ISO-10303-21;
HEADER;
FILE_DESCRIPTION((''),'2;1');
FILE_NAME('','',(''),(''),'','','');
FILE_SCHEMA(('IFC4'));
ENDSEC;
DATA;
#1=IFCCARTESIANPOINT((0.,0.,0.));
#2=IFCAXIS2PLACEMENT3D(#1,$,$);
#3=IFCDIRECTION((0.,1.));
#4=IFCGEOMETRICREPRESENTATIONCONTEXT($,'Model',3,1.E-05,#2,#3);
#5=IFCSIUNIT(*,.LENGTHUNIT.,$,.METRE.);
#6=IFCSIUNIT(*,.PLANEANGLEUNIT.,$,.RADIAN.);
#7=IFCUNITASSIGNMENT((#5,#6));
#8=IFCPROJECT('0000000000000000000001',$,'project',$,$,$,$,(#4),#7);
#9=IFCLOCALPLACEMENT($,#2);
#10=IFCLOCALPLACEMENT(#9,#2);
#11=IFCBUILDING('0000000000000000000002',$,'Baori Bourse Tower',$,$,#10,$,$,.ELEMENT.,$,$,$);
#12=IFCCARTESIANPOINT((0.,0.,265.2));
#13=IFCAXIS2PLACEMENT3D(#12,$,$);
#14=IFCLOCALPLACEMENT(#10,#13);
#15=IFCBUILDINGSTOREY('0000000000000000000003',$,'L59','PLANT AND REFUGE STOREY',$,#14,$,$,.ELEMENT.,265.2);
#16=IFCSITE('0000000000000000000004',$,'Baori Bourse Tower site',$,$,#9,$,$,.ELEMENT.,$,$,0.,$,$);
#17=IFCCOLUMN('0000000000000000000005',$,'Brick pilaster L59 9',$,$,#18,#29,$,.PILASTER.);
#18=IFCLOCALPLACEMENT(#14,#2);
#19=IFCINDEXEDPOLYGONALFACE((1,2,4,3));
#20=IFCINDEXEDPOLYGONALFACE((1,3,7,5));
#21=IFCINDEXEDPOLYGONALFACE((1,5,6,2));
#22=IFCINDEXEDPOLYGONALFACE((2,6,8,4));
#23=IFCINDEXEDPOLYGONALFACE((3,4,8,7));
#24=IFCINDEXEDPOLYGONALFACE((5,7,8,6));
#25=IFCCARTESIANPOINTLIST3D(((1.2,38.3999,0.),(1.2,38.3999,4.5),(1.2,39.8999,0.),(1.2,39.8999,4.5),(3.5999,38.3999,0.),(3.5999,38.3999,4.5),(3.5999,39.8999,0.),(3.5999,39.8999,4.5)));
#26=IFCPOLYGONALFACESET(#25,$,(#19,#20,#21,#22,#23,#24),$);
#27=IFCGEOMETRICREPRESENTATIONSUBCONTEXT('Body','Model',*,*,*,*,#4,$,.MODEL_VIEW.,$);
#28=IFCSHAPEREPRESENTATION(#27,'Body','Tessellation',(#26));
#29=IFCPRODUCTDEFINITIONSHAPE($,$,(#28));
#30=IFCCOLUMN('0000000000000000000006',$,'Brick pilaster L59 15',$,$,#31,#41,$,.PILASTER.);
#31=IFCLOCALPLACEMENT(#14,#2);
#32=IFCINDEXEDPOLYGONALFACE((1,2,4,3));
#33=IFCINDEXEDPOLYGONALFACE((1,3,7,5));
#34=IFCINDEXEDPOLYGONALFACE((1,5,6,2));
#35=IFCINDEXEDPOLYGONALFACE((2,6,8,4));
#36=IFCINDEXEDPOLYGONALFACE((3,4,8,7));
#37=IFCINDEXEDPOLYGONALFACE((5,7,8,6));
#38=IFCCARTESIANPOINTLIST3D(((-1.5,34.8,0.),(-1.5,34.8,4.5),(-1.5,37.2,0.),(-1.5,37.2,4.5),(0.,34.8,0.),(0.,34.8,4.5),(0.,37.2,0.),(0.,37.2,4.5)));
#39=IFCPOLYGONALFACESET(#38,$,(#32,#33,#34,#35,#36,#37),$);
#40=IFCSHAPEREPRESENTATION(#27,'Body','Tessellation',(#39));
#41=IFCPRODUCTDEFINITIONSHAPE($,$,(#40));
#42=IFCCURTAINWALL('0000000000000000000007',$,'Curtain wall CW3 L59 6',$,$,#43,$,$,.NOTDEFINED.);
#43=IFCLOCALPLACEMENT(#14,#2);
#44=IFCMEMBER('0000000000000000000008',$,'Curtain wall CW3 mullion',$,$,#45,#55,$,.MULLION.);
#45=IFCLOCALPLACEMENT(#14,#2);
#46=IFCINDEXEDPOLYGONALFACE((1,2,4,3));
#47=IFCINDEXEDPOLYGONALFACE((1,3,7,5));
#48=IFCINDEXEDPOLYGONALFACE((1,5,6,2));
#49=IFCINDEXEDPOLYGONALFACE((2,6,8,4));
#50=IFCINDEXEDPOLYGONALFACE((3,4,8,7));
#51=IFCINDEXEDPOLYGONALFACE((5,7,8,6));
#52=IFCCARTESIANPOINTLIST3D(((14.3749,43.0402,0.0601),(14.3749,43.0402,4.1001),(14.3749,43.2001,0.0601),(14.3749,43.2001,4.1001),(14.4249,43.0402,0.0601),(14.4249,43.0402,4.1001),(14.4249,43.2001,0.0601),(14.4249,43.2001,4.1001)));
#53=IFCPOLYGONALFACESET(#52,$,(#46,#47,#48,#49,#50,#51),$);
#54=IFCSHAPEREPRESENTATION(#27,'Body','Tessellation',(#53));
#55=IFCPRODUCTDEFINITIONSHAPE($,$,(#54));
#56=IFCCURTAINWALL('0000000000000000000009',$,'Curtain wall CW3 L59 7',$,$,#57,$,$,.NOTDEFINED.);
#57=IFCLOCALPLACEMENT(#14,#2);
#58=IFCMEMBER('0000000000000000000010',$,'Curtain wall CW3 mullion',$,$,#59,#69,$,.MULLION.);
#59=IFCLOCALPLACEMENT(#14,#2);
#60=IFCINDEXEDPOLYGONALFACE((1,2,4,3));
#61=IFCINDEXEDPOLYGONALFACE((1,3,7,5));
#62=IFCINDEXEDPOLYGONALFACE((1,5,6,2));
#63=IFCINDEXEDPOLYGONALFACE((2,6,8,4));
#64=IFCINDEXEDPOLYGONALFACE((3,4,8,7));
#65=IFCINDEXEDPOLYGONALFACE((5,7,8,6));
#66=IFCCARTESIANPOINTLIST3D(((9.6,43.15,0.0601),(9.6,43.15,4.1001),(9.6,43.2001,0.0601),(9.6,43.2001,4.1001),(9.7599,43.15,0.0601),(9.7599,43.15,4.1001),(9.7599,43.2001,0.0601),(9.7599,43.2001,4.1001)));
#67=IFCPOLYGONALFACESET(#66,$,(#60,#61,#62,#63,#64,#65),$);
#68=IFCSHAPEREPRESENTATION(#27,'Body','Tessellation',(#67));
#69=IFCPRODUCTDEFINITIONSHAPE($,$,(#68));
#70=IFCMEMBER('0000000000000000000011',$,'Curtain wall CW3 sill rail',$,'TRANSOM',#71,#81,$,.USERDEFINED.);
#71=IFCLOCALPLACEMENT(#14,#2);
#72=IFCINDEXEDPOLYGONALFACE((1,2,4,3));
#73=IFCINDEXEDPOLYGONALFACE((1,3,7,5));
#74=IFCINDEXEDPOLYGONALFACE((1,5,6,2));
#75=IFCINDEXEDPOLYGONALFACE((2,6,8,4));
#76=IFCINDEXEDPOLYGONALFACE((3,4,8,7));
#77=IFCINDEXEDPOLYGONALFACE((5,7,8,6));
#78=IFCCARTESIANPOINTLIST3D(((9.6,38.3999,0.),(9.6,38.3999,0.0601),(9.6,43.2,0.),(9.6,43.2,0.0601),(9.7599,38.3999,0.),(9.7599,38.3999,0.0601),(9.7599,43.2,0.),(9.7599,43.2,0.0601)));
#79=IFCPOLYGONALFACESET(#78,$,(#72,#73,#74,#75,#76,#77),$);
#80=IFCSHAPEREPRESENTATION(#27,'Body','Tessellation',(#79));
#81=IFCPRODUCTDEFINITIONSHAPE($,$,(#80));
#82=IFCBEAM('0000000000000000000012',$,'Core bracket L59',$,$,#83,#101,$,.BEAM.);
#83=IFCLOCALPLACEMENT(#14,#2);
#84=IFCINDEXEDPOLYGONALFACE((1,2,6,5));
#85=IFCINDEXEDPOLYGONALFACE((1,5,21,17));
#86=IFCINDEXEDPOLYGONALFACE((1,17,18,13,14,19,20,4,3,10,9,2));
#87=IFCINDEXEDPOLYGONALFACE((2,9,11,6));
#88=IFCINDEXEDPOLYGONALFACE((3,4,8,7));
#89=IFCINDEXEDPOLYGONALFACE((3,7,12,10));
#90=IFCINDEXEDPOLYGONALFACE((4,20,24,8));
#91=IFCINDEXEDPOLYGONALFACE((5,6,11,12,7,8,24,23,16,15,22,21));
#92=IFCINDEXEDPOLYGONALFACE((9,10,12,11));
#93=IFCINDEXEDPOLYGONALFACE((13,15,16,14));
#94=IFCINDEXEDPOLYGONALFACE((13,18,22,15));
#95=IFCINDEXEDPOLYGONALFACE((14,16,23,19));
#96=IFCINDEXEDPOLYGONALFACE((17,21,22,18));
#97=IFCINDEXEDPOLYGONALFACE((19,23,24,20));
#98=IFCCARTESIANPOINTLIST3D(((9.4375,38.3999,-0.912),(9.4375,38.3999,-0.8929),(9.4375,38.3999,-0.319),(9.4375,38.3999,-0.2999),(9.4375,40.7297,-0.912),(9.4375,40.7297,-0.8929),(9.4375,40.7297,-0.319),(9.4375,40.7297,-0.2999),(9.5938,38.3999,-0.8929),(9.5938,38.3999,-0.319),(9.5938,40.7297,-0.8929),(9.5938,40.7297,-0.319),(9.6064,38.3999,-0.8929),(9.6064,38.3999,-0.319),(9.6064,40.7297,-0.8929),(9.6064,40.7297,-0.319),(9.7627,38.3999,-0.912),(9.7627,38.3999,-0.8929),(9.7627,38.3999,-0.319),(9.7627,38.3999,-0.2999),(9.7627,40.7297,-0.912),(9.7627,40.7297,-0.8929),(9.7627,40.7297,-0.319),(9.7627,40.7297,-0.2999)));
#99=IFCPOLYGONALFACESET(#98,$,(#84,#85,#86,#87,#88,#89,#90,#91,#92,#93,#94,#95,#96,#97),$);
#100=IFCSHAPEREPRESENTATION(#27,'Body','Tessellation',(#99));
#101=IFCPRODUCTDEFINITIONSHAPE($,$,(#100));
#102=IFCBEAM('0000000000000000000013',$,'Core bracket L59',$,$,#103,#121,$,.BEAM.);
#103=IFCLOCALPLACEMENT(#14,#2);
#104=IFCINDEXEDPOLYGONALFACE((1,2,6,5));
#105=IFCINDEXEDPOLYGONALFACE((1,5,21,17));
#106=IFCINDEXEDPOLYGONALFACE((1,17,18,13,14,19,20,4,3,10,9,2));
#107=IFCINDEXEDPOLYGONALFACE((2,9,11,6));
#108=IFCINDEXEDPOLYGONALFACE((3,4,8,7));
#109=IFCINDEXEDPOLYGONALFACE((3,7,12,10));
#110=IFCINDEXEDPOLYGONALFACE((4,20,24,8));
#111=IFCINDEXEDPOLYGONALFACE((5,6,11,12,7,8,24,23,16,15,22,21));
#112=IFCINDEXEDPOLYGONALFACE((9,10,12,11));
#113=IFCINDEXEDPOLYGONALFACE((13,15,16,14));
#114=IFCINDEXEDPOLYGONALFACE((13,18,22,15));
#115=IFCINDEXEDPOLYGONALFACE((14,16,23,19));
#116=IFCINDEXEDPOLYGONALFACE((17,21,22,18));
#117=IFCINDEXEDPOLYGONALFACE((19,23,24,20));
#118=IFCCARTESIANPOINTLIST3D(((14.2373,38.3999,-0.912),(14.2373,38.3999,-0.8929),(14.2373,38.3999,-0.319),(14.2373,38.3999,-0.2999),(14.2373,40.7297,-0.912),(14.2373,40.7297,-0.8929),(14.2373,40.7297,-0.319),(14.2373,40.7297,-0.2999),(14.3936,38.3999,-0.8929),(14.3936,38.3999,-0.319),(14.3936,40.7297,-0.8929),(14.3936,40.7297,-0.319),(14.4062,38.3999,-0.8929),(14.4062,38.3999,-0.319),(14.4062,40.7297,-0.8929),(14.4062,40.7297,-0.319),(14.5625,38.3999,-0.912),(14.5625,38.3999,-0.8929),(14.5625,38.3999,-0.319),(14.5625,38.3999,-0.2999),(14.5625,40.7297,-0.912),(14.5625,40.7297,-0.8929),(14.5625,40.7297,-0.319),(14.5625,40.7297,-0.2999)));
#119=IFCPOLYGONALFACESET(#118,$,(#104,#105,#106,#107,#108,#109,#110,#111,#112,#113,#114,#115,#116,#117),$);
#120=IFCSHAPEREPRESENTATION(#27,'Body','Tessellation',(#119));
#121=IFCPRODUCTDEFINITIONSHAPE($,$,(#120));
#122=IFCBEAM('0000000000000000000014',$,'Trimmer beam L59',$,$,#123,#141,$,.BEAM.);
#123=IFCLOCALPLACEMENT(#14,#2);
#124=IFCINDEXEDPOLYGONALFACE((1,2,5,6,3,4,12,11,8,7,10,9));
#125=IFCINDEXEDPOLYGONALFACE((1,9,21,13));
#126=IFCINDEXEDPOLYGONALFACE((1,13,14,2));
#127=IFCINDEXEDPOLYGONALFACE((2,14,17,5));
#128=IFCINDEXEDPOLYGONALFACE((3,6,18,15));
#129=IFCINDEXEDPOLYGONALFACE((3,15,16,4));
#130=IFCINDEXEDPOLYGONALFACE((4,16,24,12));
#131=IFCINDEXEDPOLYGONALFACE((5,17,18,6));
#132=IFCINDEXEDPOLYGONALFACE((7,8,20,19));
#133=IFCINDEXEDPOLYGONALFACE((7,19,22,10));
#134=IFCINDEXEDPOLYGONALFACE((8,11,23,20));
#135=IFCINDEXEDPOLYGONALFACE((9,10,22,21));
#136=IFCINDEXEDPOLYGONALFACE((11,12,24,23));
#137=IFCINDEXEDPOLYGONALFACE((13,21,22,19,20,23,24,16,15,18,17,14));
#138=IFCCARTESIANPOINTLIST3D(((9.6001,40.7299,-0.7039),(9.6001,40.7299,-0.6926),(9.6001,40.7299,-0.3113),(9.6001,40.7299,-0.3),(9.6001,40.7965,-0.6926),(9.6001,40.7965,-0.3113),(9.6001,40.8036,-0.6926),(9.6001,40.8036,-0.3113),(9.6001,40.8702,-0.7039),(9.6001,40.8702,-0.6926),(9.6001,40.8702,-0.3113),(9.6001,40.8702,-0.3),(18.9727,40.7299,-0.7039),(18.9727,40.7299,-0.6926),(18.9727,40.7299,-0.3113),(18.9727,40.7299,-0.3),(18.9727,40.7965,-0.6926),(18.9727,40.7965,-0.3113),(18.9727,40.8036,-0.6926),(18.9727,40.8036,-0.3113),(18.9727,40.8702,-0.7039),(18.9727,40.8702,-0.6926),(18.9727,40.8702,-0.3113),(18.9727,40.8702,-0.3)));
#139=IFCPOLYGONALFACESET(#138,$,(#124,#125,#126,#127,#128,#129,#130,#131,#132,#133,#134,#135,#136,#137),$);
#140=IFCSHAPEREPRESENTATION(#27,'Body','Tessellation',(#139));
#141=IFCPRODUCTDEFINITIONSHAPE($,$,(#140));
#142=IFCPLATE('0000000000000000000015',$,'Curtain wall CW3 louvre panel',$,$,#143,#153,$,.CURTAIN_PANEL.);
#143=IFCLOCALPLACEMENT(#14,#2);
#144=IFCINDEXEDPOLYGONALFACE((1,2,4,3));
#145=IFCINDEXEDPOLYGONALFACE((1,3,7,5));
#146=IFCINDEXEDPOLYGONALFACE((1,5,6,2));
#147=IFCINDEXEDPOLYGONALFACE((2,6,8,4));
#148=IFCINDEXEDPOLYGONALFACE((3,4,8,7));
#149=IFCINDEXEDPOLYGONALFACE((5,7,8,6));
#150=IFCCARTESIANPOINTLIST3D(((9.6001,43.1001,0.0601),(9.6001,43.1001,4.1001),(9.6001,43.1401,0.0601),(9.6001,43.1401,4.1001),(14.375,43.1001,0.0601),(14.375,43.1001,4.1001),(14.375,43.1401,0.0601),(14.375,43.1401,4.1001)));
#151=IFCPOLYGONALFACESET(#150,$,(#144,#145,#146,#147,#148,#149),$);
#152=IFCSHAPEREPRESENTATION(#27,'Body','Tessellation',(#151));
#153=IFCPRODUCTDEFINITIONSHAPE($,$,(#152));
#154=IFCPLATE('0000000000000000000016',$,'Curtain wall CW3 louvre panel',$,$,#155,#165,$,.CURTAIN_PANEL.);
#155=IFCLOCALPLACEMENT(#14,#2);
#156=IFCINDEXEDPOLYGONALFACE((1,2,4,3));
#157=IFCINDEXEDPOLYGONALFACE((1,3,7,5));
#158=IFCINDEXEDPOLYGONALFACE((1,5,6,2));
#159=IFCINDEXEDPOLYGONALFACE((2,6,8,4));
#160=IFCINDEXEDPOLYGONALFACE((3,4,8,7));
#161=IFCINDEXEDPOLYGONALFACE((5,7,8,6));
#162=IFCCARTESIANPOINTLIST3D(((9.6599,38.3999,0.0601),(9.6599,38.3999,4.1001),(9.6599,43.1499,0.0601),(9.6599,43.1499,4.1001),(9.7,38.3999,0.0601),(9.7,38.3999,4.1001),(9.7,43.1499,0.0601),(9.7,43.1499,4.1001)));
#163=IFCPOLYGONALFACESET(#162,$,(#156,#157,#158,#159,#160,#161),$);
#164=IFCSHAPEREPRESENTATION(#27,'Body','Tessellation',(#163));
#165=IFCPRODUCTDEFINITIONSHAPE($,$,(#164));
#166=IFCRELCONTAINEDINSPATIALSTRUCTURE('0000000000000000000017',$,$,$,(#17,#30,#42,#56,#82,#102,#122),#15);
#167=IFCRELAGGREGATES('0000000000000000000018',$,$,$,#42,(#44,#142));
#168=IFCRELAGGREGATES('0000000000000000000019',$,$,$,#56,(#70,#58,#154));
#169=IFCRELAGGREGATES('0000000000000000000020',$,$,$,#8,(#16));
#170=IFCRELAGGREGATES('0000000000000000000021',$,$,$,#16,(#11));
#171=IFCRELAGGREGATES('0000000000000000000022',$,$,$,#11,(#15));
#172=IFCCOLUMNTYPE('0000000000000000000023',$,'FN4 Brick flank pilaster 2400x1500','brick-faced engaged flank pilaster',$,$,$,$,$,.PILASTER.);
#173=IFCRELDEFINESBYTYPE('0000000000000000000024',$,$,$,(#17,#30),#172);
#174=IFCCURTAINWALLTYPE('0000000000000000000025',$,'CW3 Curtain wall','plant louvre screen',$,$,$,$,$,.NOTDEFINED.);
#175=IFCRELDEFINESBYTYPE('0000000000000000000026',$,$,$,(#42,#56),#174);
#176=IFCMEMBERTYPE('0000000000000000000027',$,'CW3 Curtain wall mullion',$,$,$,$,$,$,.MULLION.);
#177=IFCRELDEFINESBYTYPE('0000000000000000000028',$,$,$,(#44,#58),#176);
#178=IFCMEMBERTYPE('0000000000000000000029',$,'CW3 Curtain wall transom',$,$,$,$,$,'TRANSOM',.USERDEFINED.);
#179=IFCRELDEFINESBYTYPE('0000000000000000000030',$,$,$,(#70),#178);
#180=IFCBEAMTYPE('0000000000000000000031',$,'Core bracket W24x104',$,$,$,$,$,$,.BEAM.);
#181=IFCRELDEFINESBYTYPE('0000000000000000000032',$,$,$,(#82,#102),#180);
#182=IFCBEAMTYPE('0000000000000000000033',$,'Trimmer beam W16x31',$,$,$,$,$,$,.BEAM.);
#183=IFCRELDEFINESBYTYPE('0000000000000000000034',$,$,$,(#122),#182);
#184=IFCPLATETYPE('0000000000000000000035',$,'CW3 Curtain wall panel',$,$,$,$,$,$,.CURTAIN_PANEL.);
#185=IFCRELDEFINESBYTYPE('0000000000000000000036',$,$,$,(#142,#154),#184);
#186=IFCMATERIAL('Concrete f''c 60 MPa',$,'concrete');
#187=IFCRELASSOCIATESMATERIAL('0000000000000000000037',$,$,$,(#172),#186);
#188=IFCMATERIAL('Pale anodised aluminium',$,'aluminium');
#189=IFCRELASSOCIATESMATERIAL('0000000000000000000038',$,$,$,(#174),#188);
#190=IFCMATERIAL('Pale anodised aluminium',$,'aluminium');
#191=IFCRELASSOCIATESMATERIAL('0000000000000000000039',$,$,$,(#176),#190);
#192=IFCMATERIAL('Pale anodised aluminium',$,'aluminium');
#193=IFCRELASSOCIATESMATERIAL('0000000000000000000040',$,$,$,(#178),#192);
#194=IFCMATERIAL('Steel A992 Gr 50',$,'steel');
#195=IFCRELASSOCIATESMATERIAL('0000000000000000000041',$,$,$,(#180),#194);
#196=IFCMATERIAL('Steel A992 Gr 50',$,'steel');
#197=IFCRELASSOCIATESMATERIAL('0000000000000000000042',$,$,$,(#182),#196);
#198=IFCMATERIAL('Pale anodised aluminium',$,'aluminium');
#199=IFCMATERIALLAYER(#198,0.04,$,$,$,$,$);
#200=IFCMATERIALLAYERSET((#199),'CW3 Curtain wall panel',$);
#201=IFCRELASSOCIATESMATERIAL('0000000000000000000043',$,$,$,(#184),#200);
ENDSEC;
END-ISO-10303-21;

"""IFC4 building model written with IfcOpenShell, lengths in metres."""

from ifc_helpers import new_model, si_unit, direction, frame, origin, origin_2d, place, context, subcontext, project, spatial, rectangle, i_section, extrude, material, layer, layer_set, material_profile, profile_set, type_object, element, aggregate, save


model = new_model("IFC4")

# Units and contexts
model_context = context("Model", 3, precision=1e-05, world=origin(), true_north=direction((0.0, 1.0)))
body_context = subcontext(model_context, "Body", "Model", "MODEL_VIEW")
ifc_project = project(units=[si_unit("LENGTHUNIT", "METRE"), si_unit("PLANEANGLEUNIT", "RADIAN")], contexts=[model_context])

# Site, building, storey
site_placement = place(None, origin())
site = spatial("IfcSite", under=ifc_project, at=site_placement, Name="Baori Bourse Tower site", CompositionType="ELEMENT", RefElevation=0.0)
building_placement = place(site_placement, origin())
building = spatial("IfcBuilding", under=site, at=building_placement, Name="Baori Bourse Tower", CompositionType="ELEMENT")
storey_placement = place(building_placement, frame((0.0, 0.0, 265.2)))
storey = spatial("IfcBuildingStorey", under=building, at=storey_placement, Name="L59", Description="PLANT AND REFUGE STOREY", CompositionType="ELEMENT", Elevation=265.2)

# Columns
ifc_material_1 = material(Name="Concrete f'c 60 MPa", Category="concrete")
ifc_material_profile_1 = material_profile(ifc_material_1, rectangle(XDim=2.3999, YDim=1.5, at=origin_2d()), Name="RC 2400x1500")
ifc_profile_set_1 = profile_set([ifc_material_profile_1], Name="Concrete f'c 60 MPa")
column_type = type_object("IfcColumnType", Name="FN4 Brick flank pilaster 2400x1500", Description="brick-faced engaged flank pilaster", PredefinedType="PILASTER", material=ifc_profile_set_1)
for number, where, z_axis, x_axis, name in (
    (1, (2.3999, 39.1499, 0.0), (0.0, 0.0, 1.0), (1.0, 0.0, 0.0), "Brick pilaster L59 9"),
    (2, (-0.75, 36.0, 0.0), (0.0, 0.0, 1.0), (0.0, 1.0, 0.0), "Brick pilaster L59 15"),
):
    element("IfcColumn", number, at=place(storey_placement, frame(where, z_axis=z_axis, x_axis=x_axis)), inside=storey, type_object=column_type, Name=name, PredefinedType="PILASTER", context=body_context, shape_type="SweptSolid", body=[
        extrude(rectangle(XDim=2.3999, YDim=1.5, at=origin_2d()), origin(), (0.0, 0.0, 1.0), 4.5),
    ])

# Curtain wall, member
ifc_material_2 = material(Name="Pale anodised aluminium", Category="aluminium")
curtain_wall_type = type_object("IfcCurtainWallType", Name="CW3 Curtain wall", Description="plant louvre screen", PredefinedType="NOTDEFINED", material=ifc_material_2)
curtain_wall_1_placement = place(storey_placement, origin())
curtain_wall_1 = element("IfcCurtainWall", 3, at=curtain_wall_1_placement, inside=storey, type_object=curtain_wall_type, Name="Curtain wall CW3 L59 6", PredefinedType="NOTDEFINED")
ifc_material_3 = material(Name="Pale anodised aluminium", Category="aluminium")
ifc_material_profile_2 = material_profile(ifc_material_3, rectangle(XDim=0.1599, YDim=0.05, at=origin_2d()), Name="Mullion 50x160")
ifc_profile_set_2 = profile_set([ifc_material_profile_2], Name="Pale anodised aluminium")
member_type_1 = type_object("IfcMemberType", Name="CW3 Curtain wall mullion", PredefinedType="MULLION", material=ifc_profile_set_2)
member_1_placement = place(storey_placement, frame((14.3999, 43.1201, 0.0601), z_axis=(0.0, 0.0, 1.0), x_axis=(0.0, -1.0, 0.0)))
member_1 = element("IfcMember", 4, at=member_1_placement, type_object=member_type_1, Name="Curtain wall CW3 mullion", PredefinedType="MULLION", context=body_context, shape_type="SweptSolid", body=[
    extrude(rectangle(XDim=0.1599, YDim=0.05, at=origin_2d()), origin(), (0.0, 0.0, 1.0), 4.04),
])

# Curtain wall, members
curtain_wall_2_placement = place(storey_placement, origin())
curtain_wall_2 = element("IfcCurtainWall", 5, at=curtain_wall_2_placement, inside=storey, type_object=curtain_wall_type, Name="Curtain wall CW3 L59 7", PredefinedType="NOTDEFINED")
member_2_placement = place(storey_placement, frame((9.6799, 43.175, 0.0601), z_axis=(0.0, 0.0, 1.0), x_axis=(1.0, 0.0, 0.0)))
member_2 = element("IfcMember", 6, at=member_2_placement, type_object=member_type_1, Name="Curtain wall CW3 mullion", PredefinedType="MULLION", context=body_context, shape_type="SweptSolid", body=[
    extrude(rectangle(XDim=0.1599, YDim=0.05, at=origin_2d()), origin(), (0.0, 0.0, 1.0), 4.04),
])
ifc_material_4 = material(Name="Pale anodised aluminium", Category="aluminium")
ifc_material_profile_3 = material_profile(ifc_material_4, rectangle(XDim=0.1599, YDim=0.0601, at=origin_2d()), Name="Transom 60x160")
ifc_profile_set_3 = profile_set([ifc_material_profile_3], Name="Pale anodised aluminium")
member_type_2 = type_object("IfcMemberType", Name="CW3 Curtain wall transom", ElementType="TRANSOM", PredefinedType="USERDEFINED", material=ifc_profile_set_3)
member_3_placement = place(storey_placement, frame((9.6799, 43.2, 0.03), z_axis=(0.0, -1.0, 0.0), x_axis=(1.0, 0.0, 0.0)))
member_3 = element("IfcMember", 7, at=member_3_placement, type_object=member_type_2, Name="Curtain wall CW3 sill rail", ObjectType="TRANSOM", PredefinedType="USERDEFINED", context=body_context, shape_type="SweptSolid", body=[
    extrude(rectangle(XDim=0.1599, YDim=0.0601, at=origin_2d()), origin(), (0.0, 0.0, 1.0), 4.8),
])

# Beams
ifc_material_5 = material(Name="Steel A992 Gr 50", Category="steel")
ifc_material_profile_4 = material_profile(ifc_material_5, i_section(OverallWidth=0.3252, OverallDepth=0.6121, WebThickness=0.0127, FlangeThickness=0.019, at=origin_2d()), Name="W24x104")
ifc_profile_set_4 = profile_set([ifc_material_profile_4], Name="Steel A992 Gr 50")
beam_type_1 = type_object("IfcBeamType", Name="Core bracket W24x104", PredefinedType="BEAM", material=ifc_profile_set_4)
for number, where, z_axis, x_axis, name in (
    (8, (9.6001, 38.3999, -0.606), (0.0, 1.0, 0.0), (-1.0, 0.0, 0.0), "Core bracket L59"),
    (9, (14.3999, 38.3999, -0.606), (0.0, 1.0, 0.0), (-1.0, 0.0, 0.0), "Core bracket L59"),
):
    element("IfcBeam", number, at=place(storey_placement, frame(where, z_axis=z_axis, x_axis=x_axis)), inside=storey, type_object=beam_type_1, Name=name, PredefinedType="BEAM", context=body_context, shape_type="SweptSolid", body=[
        extrude(i_section(OverallWidth=0.3252, OverallDepth=0.6121, WebThickness=0.0127, FlangeThickness=0.019, at=origin_2d()), origin(), (0.0, 0.0, 1.0), 2.3298),
    ])
ifc_material_6 = material(Name="Steel A992 Gr 50", Category="steel")
ifc_material_profile_5 = material_profile(ifc_material_6, i_section(OverallWidth=0.1404, OverallDepth=0.4038, WebThickness=0.0071, FlangeThickness=0.0112, at=origin_2d()), Name="W16x31")
ifc_profile_set_5 = profile_set([ifc_material_profile_5], Name="Steel A992 Gr 50")
beam_type_2 = type_object("IfcBeamType", Name="Trimmer beam W16x31", PredefinedType="BEAM", material=ifc_profile_set_5)
beam_placement = place(storey_placement, frame((9.6001, 40.8, -0.502), z_axis=(1.0, 0.0, 0.0), x_axis=(0.0, 1.0, 0.0)))
element("IfcBeam", 10, at=beam_placement, inside=storey, type_object=beam_type_2, Name="Trimmer beam L59", PredefinedType="BEAM", context=body_context, shape_type="SweptSolid", body=[
    extrude(i_section(OverallWidth=0.1404, OverallDepth=0.4038, WebThickness=0.0071, FlangeThickness=0.0112, at=origin_2d()), origin(), (0.0, 0.0, 1.0), 9.3726),
])

# Plates
ifc_material_7 = material(Name="Pale anodised aluminium", Category="aluminium")
ifc_layer_1 = layer(ifc_material_7, 0.04)
ifc_layer_set_1 = layer_set([ifc_layer_1], Name="CW3 Curtain wall panel")
plate_type = type_object("IfcPlateType", Name="CW3 Curtain wall panel", PredefinedType="CURTAIN_PANEL", material=ifc_layer_set_1)
plate_1_placement = place(storey_placement, frame((11.9875, 43.1201, 0.0601), z_axis=(0.0, 0.0, 1.0), x_axis=(-1.0, 0.0, 0.0)))
plate_1 = element("IfcPlate", 11, at=plate_1_placement, type_object=plate_type, Name="Curtain wall CW3 louvre panel", PredefinedType="CURTAIN_PANEL", context=body_context, shape_type="SweptSolid", body=[
    extrude(rectangle(XDim=4.7749, YDim=0.04, at=origin_2d()), origin(), (0.0, 0.0, 1.0), 4.04),
])
aggregate(curtain_wall_1, [member_1, plate_1])
plate_2_placement = place(storey_placement, frame((9.6799, 40.7749, 0.0601), z_axis=(0.0, 0.0, 1.0), x_axis=(0.0, -1.0, 0.0)))
plate_2 = element("IfcPlate", 12, at=plate_2_placement, type_object=plate_type, Name="Curtain wall CW3 louvre panel", PredefinedType="CURTAIN_PANEL", context=body_context, shape_type="SweptSolid", body=[
    extrude(rectangle(XDim=4.75, YDim=0.04, at=origin_2d()), origin(), (0.0, 0.0, 1.0), 4.04),
])
aggregate(curtain_wall_2, [member_3, member_2, plate_2])

save(model, "model.ifc")
